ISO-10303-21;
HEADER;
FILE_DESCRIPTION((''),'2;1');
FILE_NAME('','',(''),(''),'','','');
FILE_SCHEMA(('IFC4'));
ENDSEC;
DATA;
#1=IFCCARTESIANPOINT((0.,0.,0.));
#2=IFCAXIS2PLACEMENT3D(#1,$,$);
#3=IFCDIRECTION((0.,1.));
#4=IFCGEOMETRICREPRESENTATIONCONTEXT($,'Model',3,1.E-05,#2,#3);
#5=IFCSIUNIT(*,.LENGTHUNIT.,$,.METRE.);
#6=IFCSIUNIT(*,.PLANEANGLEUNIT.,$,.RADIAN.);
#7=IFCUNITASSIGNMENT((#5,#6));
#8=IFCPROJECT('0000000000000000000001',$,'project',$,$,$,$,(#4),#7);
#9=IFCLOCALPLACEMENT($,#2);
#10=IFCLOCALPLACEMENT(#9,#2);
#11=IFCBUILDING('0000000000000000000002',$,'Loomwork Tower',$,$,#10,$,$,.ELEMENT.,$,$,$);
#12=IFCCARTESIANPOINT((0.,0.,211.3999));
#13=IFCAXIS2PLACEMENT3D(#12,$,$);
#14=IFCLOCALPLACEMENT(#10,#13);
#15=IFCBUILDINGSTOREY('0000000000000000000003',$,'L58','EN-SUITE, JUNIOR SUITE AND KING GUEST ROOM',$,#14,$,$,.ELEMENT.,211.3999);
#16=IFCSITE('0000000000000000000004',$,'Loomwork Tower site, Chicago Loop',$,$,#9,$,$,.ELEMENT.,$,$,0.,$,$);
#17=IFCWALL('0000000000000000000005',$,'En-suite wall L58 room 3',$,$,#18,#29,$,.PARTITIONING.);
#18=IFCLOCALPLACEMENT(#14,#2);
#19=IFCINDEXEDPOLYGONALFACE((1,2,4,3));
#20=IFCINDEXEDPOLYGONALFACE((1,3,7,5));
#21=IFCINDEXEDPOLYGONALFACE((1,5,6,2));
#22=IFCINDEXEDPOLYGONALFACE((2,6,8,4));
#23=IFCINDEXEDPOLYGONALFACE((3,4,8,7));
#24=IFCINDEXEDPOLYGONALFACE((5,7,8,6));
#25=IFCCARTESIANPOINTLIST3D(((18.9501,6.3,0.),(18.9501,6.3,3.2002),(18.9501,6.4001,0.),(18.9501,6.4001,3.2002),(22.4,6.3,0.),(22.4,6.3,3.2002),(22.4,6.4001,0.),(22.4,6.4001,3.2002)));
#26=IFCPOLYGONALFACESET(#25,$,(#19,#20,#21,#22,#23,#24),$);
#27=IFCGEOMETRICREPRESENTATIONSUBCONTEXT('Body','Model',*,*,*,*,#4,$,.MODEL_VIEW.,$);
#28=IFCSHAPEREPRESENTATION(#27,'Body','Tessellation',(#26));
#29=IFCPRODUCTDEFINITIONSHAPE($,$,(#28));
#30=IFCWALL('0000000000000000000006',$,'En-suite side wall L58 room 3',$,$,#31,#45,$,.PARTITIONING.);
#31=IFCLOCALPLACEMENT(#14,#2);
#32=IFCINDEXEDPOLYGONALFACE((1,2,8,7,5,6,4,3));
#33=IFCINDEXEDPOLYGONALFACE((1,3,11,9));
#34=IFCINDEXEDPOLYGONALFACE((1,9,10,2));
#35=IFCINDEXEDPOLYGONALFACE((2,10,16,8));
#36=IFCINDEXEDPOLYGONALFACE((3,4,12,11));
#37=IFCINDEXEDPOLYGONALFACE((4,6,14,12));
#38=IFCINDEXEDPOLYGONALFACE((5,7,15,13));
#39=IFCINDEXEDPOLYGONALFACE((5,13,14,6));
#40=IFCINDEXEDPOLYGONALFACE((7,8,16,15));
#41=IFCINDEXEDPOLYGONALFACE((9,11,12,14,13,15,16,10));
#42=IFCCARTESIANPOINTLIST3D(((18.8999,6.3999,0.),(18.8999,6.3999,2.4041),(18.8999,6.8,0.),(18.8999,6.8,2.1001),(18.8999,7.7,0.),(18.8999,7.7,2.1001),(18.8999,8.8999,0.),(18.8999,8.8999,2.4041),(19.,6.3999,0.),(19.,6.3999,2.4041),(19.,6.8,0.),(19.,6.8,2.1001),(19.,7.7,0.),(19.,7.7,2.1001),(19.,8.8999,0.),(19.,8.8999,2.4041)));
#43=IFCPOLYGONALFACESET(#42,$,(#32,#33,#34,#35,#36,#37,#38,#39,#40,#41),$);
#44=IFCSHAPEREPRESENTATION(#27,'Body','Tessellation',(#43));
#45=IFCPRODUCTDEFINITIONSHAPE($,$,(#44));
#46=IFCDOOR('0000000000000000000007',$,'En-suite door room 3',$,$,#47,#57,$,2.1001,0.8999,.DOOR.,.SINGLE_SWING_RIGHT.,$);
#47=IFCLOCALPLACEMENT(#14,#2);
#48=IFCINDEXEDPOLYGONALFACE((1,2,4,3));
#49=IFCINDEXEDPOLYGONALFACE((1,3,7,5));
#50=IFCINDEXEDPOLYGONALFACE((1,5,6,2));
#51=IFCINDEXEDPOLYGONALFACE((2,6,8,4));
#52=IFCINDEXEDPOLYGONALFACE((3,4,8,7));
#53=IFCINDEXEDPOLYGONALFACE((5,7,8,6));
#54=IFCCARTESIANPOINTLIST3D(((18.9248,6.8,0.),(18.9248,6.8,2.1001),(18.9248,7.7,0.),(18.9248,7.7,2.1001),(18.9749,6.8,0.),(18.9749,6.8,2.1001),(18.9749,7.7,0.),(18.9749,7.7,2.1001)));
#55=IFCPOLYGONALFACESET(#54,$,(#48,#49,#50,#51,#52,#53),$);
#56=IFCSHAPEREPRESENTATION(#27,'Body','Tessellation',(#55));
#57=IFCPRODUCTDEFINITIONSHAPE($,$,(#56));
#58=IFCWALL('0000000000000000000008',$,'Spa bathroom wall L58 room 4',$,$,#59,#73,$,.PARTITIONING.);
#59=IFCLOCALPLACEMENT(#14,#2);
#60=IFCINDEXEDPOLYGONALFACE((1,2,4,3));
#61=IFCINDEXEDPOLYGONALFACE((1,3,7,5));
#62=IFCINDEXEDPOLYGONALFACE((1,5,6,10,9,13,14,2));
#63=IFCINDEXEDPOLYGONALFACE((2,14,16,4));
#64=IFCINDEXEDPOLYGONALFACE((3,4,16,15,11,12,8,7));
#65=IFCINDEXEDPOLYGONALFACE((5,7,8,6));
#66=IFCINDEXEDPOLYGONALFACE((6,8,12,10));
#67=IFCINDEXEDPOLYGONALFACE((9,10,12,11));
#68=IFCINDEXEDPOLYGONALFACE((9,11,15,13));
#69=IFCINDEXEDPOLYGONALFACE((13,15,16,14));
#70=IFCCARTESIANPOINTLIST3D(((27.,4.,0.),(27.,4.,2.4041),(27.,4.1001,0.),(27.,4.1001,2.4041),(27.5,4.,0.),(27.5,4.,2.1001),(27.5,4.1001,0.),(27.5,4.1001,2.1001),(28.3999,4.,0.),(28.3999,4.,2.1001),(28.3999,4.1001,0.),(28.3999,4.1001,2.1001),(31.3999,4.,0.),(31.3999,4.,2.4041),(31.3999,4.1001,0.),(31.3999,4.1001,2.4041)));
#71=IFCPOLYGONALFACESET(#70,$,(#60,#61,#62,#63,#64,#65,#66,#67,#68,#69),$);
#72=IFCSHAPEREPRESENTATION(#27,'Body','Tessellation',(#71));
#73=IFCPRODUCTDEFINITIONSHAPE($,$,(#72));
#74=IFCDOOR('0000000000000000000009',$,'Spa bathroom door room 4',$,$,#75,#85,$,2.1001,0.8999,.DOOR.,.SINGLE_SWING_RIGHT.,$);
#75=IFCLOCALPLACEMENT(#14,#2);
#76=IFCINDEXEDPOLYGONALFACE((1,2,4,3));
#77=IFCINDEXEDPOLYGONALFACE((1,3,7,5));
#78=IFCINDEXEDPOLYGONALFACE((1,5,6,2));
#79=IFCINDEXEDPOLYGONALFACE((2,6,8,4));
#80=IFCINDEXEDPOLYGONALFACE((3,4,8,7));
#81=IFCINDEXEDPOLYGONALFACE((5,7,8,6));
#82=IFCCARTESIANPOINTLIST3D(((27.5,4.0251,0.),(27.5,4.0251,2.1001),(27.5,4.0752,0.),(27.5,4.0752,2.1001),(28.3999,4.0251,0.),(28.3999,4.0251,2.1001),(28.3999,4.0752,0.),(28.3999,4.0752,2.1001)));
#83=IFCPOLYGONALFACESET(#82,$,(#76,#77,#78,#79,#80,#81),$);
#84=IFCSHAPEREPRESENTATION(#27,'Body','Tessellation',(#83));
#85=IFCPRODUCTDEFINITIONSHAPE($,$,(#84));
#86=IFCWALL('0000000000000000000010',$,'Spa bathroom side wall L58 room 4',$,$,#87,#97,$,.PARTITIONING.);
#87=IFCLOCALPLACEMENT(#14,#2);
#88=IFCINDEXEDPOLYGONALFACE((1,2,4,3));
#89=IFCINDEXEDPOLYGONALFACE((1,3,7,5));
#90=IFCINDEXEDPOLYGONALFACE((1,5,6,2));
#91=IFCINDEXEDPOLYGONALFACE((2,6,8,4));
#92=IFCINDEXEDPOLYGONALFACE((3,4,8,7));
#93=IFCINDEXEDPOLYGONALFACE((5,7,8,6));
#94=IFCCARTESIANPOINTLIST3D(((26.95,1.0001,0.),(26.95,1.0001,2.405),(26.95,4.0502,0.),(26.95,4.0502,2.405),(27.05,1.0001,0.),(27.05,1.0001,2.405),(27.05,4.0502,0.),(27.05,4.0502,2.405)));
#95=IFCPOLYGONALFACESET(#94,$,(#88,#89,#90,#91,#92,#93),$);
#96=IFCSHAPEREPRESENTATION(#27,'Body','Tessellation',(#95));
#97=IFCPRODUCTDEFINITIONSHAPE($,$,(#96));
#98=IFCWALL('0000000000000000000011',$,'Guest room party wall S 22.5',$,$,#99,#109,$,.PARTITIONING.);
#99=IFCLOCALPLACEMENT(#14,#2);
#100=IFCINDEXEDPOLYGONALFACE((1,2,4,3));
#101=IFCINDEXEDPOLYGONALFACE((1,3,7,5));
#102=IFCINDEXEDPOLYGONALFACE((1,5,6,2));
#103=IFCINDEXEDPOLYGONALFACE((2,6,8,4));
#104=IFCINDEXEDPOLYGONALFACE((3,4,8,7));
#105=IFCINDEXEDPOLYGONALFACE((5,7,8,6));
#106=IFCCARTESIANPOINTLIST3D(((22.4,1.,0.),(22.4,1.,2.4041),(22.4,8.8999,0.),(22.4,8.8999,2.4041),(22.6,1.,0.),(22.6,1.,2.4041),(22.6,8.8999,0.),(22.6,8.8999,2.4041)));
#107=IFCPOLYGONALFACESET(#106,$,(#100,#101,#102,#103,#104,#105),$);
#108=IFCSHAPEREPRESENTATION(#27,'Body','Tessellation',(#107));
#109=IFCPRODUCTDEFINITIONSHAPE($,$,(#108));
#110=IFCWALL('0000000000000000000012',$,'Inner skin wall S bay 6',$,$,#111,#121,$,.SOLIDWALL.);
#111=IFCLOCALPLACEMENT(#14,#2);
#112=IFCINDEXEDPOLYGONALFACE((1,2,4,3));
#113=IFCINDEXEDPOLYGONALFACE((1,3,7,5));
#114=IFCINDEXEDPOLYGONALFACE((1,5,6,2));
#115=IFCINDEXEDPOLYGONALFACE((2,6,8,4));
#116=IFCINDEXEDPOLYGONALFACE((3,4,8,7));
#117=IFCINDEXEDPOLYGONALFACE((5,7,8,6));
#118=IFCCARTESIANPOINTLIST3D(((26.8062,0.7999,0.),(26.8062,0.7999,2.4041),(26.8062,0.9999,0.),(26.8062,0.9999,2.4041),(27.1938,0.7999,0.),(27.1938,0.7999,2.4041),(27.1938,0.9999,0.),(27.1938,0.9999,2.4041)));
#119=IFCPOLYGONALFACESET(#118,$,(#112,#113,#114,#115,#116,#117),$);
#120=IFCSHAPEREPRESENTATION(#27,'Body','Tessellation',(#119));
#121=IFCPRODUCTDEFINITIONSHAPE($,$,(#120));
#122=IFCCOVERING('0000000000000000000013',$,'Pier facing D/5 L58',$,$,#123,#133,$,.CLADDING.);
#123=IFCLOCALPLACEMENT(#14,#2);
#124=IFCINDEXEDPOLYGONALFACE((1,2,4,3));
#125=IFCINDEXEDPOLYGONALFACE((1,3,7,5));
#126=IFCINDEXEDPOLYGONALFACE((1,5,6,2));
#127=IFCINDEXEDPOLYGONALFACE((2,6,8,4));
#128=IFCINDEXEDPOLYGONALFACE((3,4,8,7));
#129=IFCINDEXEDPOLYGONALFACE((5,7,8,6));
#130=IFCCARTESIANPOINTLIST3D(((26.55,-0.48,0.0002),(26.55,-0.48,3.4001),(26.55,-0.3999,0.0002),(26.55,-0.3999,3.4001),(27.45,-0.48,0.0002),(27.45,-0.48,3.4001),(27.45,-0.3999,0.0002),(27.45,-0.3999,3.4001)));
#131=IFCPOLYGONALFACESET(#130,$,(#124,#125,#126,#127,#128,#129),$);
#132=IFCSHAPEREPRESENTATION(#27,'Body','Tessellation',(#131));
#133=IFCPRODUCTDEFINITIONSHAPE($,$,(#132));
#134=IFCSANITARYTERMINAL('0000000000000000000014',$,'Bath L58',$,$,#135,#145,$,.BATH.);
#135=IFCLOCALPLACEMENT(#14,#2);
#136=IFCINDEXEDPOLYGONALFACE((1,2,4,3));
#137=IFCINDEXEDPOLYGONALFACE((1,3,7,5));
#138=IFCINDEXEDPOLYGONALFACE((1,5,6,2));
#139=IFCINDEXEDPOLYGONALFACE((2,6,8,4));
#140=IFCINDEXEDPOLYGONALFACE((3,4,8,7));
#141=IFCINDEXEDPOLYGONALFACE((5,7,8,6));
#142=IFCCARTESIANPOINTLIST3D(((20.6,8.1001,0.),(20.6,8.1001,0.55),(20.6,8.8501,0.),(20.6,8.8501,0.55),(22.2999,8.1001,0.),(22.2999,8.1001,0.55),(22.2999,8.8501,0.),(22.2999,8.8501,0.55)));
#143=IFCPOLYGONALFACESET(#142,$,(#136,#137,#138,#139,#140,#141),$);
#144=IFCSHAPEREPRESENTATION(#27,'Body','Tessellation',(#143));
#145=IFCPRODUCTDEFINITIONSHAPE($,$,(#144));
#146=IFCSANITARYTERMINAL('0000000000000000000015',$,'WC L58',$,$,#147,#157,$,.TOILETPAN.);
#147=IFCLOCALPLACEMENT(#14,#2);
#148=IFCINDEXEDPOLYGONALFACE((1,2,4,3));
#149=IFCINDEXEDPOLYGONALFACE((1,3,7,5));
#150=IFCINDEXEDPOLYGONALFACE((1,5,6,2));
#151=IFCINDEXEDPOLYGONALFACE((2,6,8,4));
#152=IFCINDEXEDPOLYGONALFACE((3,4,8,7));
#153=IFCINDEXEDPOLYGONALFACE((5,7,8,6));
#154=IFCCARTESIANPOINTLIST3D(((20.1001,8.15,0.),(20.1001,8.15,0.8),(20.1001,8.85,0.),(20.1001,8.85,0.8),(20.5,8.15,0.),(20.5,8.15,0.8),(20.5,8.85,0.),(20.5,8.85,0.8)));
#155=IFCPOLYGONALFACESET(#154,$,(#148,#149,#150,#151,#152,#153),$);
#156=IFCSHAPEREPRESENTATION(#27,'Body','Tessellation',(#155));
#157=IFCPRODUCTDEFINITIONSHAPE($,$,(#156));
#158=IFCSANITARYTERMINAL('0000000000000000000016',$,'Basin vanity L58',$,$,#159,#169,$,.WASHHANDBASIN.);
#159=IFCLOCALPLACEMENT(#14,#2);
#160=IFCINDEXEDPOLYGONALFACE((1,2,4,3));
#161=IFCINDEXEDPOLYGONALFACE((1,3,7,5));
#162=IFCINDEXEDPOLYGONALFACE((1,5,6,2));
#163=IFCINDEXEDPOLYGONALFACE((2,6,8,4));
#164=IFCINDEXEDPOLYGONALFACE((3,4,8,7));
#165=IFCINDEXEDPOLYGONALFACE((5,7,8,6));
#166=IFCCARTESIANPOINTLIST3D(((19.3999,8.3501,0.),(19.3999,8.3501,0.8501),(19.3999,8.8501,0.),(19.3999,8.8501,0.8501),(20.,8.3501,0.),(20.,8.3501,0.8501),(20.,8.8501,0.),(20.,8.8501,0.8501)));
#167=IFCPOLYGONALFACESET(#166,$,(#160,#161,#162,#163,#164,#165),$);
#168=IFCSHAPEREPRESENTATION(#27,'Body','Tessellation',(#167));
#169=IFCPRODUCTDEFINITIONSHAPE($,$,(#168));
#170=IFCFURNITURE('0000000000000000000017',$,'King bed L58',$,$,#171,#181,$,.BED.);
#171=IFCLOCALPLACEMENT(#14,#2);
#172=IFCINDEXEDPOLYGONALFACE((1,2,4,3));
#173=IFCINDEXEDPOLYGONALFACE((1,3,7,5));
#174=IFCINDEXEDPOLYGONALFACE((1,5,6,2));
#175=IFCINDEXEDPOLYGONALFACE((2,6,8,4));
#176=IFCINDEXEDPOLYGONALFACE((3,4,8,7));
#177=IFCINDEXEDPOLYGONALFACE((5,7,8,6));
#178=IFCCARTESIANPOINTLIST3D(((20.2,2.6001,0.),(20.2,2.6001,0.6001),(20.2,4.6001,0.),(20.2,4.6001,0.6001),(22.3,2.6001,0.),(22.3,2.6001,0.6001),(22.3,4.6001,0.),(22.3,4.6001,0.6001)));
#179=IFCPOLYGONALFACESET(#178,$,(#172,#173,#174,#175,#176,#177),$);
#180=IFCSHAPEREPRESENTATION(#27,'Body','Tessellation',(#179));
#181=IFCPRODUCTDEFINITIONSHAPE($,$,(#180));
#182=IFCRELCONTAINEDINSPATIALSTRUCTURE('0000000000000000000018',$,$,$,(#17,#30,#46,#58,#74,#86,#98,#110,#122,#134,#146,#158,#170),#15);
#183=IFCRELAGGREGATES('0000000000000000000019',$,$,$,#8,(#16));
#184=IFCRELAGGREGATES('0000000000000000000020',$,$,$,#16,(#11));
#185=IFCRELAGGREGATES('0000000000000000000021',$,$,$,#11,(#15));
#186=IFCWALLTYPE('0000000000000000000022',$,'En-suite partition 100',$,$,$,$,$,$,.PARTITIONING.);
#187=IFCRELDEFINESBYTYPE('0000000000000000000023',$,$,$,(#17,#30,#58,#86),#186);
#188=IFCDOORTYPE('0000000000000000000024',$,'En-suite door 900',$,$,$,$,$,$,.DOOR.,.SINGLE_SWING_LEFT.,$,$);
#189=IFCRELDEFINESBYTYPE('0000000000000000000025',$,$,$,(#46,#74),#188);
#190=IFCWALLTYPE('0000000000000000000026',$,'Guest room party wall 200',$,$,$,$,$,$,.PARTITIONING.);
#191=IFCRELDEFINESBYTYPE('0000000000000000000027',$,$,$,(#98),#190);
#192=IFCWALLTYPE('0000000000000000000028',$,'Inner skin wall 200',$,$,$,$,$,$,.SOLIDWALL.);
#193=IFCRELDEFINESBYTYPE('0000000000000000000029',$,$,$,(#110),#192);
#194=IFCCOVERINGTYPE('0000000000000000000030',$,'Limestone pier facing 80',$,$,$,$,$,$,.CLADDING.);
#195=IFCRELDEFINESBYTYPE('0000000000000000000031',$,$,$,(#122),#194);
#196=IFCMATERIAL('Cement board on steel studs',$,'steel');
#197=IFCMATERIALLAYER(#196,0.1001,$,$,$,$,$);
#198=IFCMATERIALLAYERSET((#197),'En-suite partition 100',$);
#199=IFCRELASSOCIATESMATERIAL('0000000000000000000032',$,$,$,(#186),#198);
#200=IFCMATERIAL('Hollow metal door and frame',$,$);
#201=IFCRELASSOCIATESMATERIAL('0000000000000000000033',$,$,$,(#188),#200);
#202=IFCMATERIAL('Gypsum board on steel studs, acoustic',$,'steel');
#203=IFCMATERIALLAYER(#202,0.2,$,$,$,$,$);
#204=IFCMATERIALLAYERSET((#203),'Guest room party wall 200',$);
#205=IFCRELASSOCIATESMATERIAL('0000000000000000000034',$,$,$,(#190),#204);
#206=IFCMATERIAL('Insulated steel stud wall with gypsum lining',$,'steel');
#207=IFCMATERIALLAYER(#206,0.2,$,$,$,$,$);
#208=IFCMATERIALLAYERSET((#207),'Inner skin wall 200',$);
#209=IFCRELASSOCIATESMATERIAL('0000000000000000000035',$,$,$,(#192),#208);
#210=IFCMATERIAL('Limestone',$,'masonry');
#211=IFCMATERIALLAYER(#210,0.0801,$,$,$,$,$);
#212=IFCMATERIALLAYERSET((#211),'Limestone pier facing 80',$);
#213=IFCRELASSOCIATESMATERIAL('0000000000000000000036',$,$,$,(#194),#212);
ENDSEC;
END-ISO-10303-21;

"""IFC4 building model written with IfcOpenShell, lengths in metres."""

from ifc_helpers import new_model, si_unit, direction, frame, frame_2d, origin, origin_2d, place, context, subcontext, project, spatial, rectangle, extrude, material, layer, layer_set, type_object, element, fill, save


model = new_model("IFC4")

# Units and contexts
model_context = context("Model", 3, precision=1e-05, world=origin(), true_north=direction((0.0, 1.0)))
body_context = subcontext(model_context, "Body", "Model", "MODEL_VIEW")
ifc_project = project(units=[si_unit("LENGTHUNIT", "METRE"), si_unit("PLANEANGLEUNIT", "RADIAN")], contexts=[model_context])

# Site, building, storey
site_placement = place(None, origin())
site = spatial("IfcSite", under=ifc_project, at=site_placement, Name="Loomwork Tower site, Chicago Loop", CompositionType="ELEMENT", RefElevation=0.0)
building_placement = place(site_placement, origin())
building = spatial("IfcBuilding", under=site, at=building_placement, Name="Loomwork Tower", CompositionType="ELEMENT")
storey_placement = place(building_placement, frame((0.0, 0.0, 211.3999)))
storey = spatial("IfcBuildingStorey", under=building, at=storey_placement, Name="L58", Description="EN-SUITE, JUNIOR SUITE AND KING GUEST ROOM", CompositionType="ELEMENT", Elevation=211.3999)

# Wall
ifc_material_1 = material(Name="Cement board on steel studs", Category="steel")
ifc_layer_1 = layer(ifc_material_1, 0.1001)
ifc_layer_set_1 = layer_set([ifc_layer_1], Name="En-suite partition 100")
wall_type_1 = type_object("IfcWallType", Name="En-suite partition 100", PredefinedType="PARTITIONING", material=ifc_layer_set_1)
wall_1_placement = place(storey_placement, frame((18.95, 6.3501, 0.0), z_axis=(0.0, 0.0, 1.0), x_axis=(1.0, 0.0, 0.0)))
element("IfcWall", 1, at=wall_1_placement, inside=storey, type_object=wall_type_1, Name="En-suite wall L58 room 3", PredefinedType="PARTITIONING", context=body_context, shape_type="SweptSolid", body=[
    extrude(rectangle(XDim=3.45, YDim=0.1001, at=frame_2d((1.7251, 0.0))), origin(), (0.0, 0.0, 1.0), 3.2002),
])

# Walls, openings, doors
wall_2_placement = place(storey_placement, frame((18.95, 8.8999, 0.0), z_axis=(0.0, 0.0, 1.0), x_axis=(0.0, -1.0, 0.0)))
wall_2 = element("IfcWall", 2, at=wall_2_placement, inside=storey, type_object=wall_type_1, Name="En-suite side wall L58 room 3", PredefinedType="PARTITIONING", context=body_context, shape_type="SweptSolid", body=[
    extrude(rectangle(XDim=2.5, YDim=0.1001, at=frame_2d((1.25, 0.0))), origin(), (0.0, 0.0, 1.0), 2.4041),
])
opening_1_placement = place(wall_2_placement, frame((1.2, 0.0, 0.0)))
opening_1 = element("IfcOpeningElement", 3, at=opening_1_placement, cuts=wall_2, PredefinedType="OPENING", context=body_context, shape_type="SweptSolid", body=[
    extrude(rectangle(XDim=0.8999, YDim=2.1001, at=frame_2d((0.45, 1.05))), frame((0.0, 0.0601, 0.0), z_axis=(0.0, -1.0, 0.0), x_axis=(1.0, 0.0, 0.0)), (0.0, 0.0, 1.0), 0.1201),
])
ifc_material_2 = material(Name="Hollow metal door and frame")
door_type_1 = type_object("IfcDoorType", Name="En-suite door 900", OperationType="SINGLE_SWING_LEFT", PredefinedType="DOOR", material=ifc_material_2)
door_1_placement = place(opening_1_placement, origin())
door_1 = element("IfcDoor", 4, at=door_1_placement, inside=storey, type_object=door_type_1, Name="En-suite door room 3", OperationType="SINGLE_SWING_RIGHT", OverallHeight=2.1001, OverallWidth=0.8999, PredefinedType="DOOR", context=body_context, shape_type="SweptSolid", body=[
    extrude(rectangle(XDim=0.8999, YDim=2.1001, at=frame_2d((0.45, 1.05))), frame((0.0, 0.0249, 0.0), z_axis=(0.0, -1.0, 0.0), x_axis=(1.0, 0.0, 0.0)), (0.0, 0.0, 1.0), 0.05),
])
fill(opening_1, door_1)
wall_3_placement = place(storey_placement, frame((27.0, 4.05, 0.0), z_axis=(0.0, 0.0, 1.0), x_axis=(1.0, 0.0, 0.0)))
wall_3 = element("IfcWall", 5, at=wall_3_placement, inside=storey, type_object=wall_type_1, Name="Spa bathroom wall L58 room 4", PredefinedType="PARTITIONING", context=body_context, shape_type="SweptSolid", body=[
    extrude(rectangle(XDim=4.3999, YDim=0.1001, at=frame_2d((2.2, 0.0))), origin(), (0.0, 0.0, 1.0), 2.4041),
])
opening_2_placement = place(wall_3_placement, frame((0.5, 0.0, 0.0)))
opening_2 = element("IfcOpeningElement", 6, at=opening_2_placement, cuts=wall_3, PredefinedType="OPENING", context=body_context, shape_type="SweptSolid", body=[
    extrude(rectangle(XDim=0.8999, YDim=2.1001, at=frame_2d((0.45, 1.05))), frame((0.0, 0.0601, 0.0), z_axis=(0.0, -1.0, 0.0), x_axis=(1.0, 0.0, 0.0)), (0.0, 0.0, 1.0), 0.1201),
])
door_2_placement = place(opening_2_placement, frame((0.8999, 0.0, 0.0), z_axis=(0.0, 0.0, 1.0), x_axis=(-1.0, 0.0, 0.0)))
door_2 = element("IfcDoor", 7, at=door_2_placement, inside=storey, type_object=door_type_1, Name="Spa bathroom door room 4", OperationType="SINGLE_SWING_RIGHT", OverallHeight=2.1001, OverallWidth=0.8999, PredefinedType="DOOR", context=body_context, shape_type="SweptSolid", body=[
    extrude(rectangle(XDim=0.8999, YDim=2.1001, at=frame_2d((0.45, 1.05))), frame((0.0, 0.0249, 0.0), z_axis=(0.0, -1.0, 0.0), x_axis=(1.0, 0.0, 0.0)), (0.0, 0.0, 1.0), 0.05),
])
fill(opening_2, door_2)

# Walls
wall_4_placement = place(storey_placement, frame((27.0, 4.05, 0.0), z_axis=(0.0, 0.0, 1.0), x_axis=(0.0, -1.0, 0.0)))
element("IfcWall", 8, at=wall_4_placement, inside=storey, type_object=wall_type_1, Name="Spa bathroom side wall L58 room 4", PredefinedType="PARTITIONING", context=body_context, shape_type="SweptSolid", body=[
    extrude(rectangle(XDim=3.05, YDim=0.1001, at=frame_2d((1.5249, 0.0))), origin(), (0.0, 0.0, 1.0), 2.405),
])
ifc_material_3 = material(Name="Gypsum board on steel studs, acoustic", Category="steel")
ifc_layer_2 = layer(ifc_material_3, 0.2)
ifc_layer_set_2 = layer_set([ifc_layer_2], Name="Guest room party wall 200")
wall_type_2 = type_object("IfcWallType", Name="Guest room party wall 200", PredefinedType="PARTITIONING", material=ifc_layer_set_2)
wall_5_placement = place(storey_placement, frame((22.5, 8.8999, 0.0), z_axis=(0.0, 0.0, 1.0), x_axis=(0.0, -1.0, 0.0)))
element("IfcWall", 9, at=wall_5_placement, inside=storey, type_object=wall_type_2, Name="Guest room party wall S 22.5", PredefinedType="PARTITIONING", context=body_context, shape_type="SweptSolid", body=[
    extrude(rectangle(XDim=7.8999, YDim=0.2, at=frame_2d((3.95, 0.0))), origin(), (0.0, 0.0, 1.0), 2.4041),
])
ifc_material_4 = material(Name="Insulated steel stud wall with gypsum lining", Category="steel")
ifc_layer_3 = layer(ifc_material_4, 0.2)
ifc_layer_set_3 = layer_set([ifc_layer_3], Name="Inner skin wall 200")
wall_type_3 = type_object("IfcWallType", Name="Inner skin wall 200", PredefinedType="SOLIDWALL", material=ifc_layer_set_3)
wall_6_placement = place(storey_placement, frame((26.8062, 0.8999, 0.0), z_axis=(0.0, 0.0, 1.0), x_axis=(1.0, 0.0, 0.0)))
element("IfcWall", 10, at=wall_6_placement, inside=storey, type_object=wall_type_3, Name="Inner skin wall S bay 6", PredefinedType="SOLIDWALL", context=body_context, shape_type="SweptSolid", body=[
    extrude(rectangle(XDim=0.3877, YDim=0.2, at=frame_2d((0.1938, 0.0))), origin(), (0.0, 0.0, 1.0), 2.4041),
])

# Covering
ifc_material_5 = material(Name="Limestone", Category="masonry")
ifc_layer_4 = layer(ifc_material_5, 0.0801)
ifc_layer_set_4 = layer_set([ifc_layer_4], Name="Limestone pier facing 80")
covering_type = type_object("IfcCoveringType", Name="Limestone pier facing 80", PredefinedType="CLADDING", material=ifc_layer_set_4)
covering_placement = place(storey_placement, frame((27.0, -0.4399, 0.0002), z_axis=(0.0, 0.0, 1.0), x_axis=(1.0, 0.0, 0.0)))
element("IfcCovering", 11, at=covering_placement, inside=storey, type_object=covering_type, Name="Pier facing D/5 L58", PredefinedType="CLADDING", context=body_context, shape_type="SweptSolid", body=[
    extrude(rectangle(XDim=0.8999, YDim=0.0801, at=origin_2d()), origin(), (0.0, 0.0, 1.0), 3.3999),
])

# Sanitary terminals
sanitary_terminal_1_placement = place(storey_placement, frame((21.45, 8.4751, 0.0), z_axis=(0.0, 0.0, 1.0), x_axis=(1.0, 0.0, 0.0)))
element("IfcSanitaryTerminal", 12, at=sanitary_terminal_1_placement, inside=storey, Name="Bath L58", PredefinedType="BATH", context=body_context, shape_type="SweptSolid", body=[
    extrude(rectangle(XDim=1.7, YDim=0.75, at=origin_2d()), origin(), (0.0, 0.0, 1.0), 0.55),
])
sanitary_terminal_2_placement = place(storey_placement, frame((20.3, 8.5, 0.0), z_axis=(0.0, 0.0, 1.0), x_axis=(1.0, 0.0, 0.0)))
element("IfcSanitaryTerminal", 13, at=sanitary_terminal_2_placement, inside=storey, Name="WC L58", PredefinedType="TOILETPAN", context=body_context, shape_type="SweptSolid", body=[
    extrude(rectangle(XDim=0.3999, YDim=0.7, at=origin_2d()), origin(), (0.0, 0.0, 1.0), 0.8),
])
sanitary_terminal_3_placement = place(storey_placement, frame((19.7, 8.6001, 0.0), z_axis=(0.0, 0.0, 1.0), x_axis=(1.0, 0.0, 0.0)))
element("IfcSanitaryTerminal", 14, at=sanitary_terminal_3_placement, inside=storey, Name="Basin vanity L58", PredefinedType="WASHHANDBASIN", context=body_context, shape_type="SweptSolid", body=[
    extrude(rectangle(XDim=0.6001, YDim=0.5, at=origin_2d()), origin(), (0.0, 0.0, 1.0), 0.8501),
])

# Furniture
for number, where, z_axis, x_axis, name in (
    (15, (21.25, 3.6001, 0.0), (0.0, 0.0, 1.0), (1.0, 0.0, 0.0), "King bed L58"),
):
    element("IfcFurniture", number, at=place(storey_placement, frame(where, z_axis=z_axis, x_axis=x_axis)), inside=storey, Name=name, PredefinedType="BED", context=body_context, shape_type="SweptSolid", body=[
        extrude(rectangle(XDim=2.1001, YDim=2.0, at=origin_2d()), origin(), (0.0, 0.0, 1.0), 0.6001),
    ])

save(model, "model.ifc")
